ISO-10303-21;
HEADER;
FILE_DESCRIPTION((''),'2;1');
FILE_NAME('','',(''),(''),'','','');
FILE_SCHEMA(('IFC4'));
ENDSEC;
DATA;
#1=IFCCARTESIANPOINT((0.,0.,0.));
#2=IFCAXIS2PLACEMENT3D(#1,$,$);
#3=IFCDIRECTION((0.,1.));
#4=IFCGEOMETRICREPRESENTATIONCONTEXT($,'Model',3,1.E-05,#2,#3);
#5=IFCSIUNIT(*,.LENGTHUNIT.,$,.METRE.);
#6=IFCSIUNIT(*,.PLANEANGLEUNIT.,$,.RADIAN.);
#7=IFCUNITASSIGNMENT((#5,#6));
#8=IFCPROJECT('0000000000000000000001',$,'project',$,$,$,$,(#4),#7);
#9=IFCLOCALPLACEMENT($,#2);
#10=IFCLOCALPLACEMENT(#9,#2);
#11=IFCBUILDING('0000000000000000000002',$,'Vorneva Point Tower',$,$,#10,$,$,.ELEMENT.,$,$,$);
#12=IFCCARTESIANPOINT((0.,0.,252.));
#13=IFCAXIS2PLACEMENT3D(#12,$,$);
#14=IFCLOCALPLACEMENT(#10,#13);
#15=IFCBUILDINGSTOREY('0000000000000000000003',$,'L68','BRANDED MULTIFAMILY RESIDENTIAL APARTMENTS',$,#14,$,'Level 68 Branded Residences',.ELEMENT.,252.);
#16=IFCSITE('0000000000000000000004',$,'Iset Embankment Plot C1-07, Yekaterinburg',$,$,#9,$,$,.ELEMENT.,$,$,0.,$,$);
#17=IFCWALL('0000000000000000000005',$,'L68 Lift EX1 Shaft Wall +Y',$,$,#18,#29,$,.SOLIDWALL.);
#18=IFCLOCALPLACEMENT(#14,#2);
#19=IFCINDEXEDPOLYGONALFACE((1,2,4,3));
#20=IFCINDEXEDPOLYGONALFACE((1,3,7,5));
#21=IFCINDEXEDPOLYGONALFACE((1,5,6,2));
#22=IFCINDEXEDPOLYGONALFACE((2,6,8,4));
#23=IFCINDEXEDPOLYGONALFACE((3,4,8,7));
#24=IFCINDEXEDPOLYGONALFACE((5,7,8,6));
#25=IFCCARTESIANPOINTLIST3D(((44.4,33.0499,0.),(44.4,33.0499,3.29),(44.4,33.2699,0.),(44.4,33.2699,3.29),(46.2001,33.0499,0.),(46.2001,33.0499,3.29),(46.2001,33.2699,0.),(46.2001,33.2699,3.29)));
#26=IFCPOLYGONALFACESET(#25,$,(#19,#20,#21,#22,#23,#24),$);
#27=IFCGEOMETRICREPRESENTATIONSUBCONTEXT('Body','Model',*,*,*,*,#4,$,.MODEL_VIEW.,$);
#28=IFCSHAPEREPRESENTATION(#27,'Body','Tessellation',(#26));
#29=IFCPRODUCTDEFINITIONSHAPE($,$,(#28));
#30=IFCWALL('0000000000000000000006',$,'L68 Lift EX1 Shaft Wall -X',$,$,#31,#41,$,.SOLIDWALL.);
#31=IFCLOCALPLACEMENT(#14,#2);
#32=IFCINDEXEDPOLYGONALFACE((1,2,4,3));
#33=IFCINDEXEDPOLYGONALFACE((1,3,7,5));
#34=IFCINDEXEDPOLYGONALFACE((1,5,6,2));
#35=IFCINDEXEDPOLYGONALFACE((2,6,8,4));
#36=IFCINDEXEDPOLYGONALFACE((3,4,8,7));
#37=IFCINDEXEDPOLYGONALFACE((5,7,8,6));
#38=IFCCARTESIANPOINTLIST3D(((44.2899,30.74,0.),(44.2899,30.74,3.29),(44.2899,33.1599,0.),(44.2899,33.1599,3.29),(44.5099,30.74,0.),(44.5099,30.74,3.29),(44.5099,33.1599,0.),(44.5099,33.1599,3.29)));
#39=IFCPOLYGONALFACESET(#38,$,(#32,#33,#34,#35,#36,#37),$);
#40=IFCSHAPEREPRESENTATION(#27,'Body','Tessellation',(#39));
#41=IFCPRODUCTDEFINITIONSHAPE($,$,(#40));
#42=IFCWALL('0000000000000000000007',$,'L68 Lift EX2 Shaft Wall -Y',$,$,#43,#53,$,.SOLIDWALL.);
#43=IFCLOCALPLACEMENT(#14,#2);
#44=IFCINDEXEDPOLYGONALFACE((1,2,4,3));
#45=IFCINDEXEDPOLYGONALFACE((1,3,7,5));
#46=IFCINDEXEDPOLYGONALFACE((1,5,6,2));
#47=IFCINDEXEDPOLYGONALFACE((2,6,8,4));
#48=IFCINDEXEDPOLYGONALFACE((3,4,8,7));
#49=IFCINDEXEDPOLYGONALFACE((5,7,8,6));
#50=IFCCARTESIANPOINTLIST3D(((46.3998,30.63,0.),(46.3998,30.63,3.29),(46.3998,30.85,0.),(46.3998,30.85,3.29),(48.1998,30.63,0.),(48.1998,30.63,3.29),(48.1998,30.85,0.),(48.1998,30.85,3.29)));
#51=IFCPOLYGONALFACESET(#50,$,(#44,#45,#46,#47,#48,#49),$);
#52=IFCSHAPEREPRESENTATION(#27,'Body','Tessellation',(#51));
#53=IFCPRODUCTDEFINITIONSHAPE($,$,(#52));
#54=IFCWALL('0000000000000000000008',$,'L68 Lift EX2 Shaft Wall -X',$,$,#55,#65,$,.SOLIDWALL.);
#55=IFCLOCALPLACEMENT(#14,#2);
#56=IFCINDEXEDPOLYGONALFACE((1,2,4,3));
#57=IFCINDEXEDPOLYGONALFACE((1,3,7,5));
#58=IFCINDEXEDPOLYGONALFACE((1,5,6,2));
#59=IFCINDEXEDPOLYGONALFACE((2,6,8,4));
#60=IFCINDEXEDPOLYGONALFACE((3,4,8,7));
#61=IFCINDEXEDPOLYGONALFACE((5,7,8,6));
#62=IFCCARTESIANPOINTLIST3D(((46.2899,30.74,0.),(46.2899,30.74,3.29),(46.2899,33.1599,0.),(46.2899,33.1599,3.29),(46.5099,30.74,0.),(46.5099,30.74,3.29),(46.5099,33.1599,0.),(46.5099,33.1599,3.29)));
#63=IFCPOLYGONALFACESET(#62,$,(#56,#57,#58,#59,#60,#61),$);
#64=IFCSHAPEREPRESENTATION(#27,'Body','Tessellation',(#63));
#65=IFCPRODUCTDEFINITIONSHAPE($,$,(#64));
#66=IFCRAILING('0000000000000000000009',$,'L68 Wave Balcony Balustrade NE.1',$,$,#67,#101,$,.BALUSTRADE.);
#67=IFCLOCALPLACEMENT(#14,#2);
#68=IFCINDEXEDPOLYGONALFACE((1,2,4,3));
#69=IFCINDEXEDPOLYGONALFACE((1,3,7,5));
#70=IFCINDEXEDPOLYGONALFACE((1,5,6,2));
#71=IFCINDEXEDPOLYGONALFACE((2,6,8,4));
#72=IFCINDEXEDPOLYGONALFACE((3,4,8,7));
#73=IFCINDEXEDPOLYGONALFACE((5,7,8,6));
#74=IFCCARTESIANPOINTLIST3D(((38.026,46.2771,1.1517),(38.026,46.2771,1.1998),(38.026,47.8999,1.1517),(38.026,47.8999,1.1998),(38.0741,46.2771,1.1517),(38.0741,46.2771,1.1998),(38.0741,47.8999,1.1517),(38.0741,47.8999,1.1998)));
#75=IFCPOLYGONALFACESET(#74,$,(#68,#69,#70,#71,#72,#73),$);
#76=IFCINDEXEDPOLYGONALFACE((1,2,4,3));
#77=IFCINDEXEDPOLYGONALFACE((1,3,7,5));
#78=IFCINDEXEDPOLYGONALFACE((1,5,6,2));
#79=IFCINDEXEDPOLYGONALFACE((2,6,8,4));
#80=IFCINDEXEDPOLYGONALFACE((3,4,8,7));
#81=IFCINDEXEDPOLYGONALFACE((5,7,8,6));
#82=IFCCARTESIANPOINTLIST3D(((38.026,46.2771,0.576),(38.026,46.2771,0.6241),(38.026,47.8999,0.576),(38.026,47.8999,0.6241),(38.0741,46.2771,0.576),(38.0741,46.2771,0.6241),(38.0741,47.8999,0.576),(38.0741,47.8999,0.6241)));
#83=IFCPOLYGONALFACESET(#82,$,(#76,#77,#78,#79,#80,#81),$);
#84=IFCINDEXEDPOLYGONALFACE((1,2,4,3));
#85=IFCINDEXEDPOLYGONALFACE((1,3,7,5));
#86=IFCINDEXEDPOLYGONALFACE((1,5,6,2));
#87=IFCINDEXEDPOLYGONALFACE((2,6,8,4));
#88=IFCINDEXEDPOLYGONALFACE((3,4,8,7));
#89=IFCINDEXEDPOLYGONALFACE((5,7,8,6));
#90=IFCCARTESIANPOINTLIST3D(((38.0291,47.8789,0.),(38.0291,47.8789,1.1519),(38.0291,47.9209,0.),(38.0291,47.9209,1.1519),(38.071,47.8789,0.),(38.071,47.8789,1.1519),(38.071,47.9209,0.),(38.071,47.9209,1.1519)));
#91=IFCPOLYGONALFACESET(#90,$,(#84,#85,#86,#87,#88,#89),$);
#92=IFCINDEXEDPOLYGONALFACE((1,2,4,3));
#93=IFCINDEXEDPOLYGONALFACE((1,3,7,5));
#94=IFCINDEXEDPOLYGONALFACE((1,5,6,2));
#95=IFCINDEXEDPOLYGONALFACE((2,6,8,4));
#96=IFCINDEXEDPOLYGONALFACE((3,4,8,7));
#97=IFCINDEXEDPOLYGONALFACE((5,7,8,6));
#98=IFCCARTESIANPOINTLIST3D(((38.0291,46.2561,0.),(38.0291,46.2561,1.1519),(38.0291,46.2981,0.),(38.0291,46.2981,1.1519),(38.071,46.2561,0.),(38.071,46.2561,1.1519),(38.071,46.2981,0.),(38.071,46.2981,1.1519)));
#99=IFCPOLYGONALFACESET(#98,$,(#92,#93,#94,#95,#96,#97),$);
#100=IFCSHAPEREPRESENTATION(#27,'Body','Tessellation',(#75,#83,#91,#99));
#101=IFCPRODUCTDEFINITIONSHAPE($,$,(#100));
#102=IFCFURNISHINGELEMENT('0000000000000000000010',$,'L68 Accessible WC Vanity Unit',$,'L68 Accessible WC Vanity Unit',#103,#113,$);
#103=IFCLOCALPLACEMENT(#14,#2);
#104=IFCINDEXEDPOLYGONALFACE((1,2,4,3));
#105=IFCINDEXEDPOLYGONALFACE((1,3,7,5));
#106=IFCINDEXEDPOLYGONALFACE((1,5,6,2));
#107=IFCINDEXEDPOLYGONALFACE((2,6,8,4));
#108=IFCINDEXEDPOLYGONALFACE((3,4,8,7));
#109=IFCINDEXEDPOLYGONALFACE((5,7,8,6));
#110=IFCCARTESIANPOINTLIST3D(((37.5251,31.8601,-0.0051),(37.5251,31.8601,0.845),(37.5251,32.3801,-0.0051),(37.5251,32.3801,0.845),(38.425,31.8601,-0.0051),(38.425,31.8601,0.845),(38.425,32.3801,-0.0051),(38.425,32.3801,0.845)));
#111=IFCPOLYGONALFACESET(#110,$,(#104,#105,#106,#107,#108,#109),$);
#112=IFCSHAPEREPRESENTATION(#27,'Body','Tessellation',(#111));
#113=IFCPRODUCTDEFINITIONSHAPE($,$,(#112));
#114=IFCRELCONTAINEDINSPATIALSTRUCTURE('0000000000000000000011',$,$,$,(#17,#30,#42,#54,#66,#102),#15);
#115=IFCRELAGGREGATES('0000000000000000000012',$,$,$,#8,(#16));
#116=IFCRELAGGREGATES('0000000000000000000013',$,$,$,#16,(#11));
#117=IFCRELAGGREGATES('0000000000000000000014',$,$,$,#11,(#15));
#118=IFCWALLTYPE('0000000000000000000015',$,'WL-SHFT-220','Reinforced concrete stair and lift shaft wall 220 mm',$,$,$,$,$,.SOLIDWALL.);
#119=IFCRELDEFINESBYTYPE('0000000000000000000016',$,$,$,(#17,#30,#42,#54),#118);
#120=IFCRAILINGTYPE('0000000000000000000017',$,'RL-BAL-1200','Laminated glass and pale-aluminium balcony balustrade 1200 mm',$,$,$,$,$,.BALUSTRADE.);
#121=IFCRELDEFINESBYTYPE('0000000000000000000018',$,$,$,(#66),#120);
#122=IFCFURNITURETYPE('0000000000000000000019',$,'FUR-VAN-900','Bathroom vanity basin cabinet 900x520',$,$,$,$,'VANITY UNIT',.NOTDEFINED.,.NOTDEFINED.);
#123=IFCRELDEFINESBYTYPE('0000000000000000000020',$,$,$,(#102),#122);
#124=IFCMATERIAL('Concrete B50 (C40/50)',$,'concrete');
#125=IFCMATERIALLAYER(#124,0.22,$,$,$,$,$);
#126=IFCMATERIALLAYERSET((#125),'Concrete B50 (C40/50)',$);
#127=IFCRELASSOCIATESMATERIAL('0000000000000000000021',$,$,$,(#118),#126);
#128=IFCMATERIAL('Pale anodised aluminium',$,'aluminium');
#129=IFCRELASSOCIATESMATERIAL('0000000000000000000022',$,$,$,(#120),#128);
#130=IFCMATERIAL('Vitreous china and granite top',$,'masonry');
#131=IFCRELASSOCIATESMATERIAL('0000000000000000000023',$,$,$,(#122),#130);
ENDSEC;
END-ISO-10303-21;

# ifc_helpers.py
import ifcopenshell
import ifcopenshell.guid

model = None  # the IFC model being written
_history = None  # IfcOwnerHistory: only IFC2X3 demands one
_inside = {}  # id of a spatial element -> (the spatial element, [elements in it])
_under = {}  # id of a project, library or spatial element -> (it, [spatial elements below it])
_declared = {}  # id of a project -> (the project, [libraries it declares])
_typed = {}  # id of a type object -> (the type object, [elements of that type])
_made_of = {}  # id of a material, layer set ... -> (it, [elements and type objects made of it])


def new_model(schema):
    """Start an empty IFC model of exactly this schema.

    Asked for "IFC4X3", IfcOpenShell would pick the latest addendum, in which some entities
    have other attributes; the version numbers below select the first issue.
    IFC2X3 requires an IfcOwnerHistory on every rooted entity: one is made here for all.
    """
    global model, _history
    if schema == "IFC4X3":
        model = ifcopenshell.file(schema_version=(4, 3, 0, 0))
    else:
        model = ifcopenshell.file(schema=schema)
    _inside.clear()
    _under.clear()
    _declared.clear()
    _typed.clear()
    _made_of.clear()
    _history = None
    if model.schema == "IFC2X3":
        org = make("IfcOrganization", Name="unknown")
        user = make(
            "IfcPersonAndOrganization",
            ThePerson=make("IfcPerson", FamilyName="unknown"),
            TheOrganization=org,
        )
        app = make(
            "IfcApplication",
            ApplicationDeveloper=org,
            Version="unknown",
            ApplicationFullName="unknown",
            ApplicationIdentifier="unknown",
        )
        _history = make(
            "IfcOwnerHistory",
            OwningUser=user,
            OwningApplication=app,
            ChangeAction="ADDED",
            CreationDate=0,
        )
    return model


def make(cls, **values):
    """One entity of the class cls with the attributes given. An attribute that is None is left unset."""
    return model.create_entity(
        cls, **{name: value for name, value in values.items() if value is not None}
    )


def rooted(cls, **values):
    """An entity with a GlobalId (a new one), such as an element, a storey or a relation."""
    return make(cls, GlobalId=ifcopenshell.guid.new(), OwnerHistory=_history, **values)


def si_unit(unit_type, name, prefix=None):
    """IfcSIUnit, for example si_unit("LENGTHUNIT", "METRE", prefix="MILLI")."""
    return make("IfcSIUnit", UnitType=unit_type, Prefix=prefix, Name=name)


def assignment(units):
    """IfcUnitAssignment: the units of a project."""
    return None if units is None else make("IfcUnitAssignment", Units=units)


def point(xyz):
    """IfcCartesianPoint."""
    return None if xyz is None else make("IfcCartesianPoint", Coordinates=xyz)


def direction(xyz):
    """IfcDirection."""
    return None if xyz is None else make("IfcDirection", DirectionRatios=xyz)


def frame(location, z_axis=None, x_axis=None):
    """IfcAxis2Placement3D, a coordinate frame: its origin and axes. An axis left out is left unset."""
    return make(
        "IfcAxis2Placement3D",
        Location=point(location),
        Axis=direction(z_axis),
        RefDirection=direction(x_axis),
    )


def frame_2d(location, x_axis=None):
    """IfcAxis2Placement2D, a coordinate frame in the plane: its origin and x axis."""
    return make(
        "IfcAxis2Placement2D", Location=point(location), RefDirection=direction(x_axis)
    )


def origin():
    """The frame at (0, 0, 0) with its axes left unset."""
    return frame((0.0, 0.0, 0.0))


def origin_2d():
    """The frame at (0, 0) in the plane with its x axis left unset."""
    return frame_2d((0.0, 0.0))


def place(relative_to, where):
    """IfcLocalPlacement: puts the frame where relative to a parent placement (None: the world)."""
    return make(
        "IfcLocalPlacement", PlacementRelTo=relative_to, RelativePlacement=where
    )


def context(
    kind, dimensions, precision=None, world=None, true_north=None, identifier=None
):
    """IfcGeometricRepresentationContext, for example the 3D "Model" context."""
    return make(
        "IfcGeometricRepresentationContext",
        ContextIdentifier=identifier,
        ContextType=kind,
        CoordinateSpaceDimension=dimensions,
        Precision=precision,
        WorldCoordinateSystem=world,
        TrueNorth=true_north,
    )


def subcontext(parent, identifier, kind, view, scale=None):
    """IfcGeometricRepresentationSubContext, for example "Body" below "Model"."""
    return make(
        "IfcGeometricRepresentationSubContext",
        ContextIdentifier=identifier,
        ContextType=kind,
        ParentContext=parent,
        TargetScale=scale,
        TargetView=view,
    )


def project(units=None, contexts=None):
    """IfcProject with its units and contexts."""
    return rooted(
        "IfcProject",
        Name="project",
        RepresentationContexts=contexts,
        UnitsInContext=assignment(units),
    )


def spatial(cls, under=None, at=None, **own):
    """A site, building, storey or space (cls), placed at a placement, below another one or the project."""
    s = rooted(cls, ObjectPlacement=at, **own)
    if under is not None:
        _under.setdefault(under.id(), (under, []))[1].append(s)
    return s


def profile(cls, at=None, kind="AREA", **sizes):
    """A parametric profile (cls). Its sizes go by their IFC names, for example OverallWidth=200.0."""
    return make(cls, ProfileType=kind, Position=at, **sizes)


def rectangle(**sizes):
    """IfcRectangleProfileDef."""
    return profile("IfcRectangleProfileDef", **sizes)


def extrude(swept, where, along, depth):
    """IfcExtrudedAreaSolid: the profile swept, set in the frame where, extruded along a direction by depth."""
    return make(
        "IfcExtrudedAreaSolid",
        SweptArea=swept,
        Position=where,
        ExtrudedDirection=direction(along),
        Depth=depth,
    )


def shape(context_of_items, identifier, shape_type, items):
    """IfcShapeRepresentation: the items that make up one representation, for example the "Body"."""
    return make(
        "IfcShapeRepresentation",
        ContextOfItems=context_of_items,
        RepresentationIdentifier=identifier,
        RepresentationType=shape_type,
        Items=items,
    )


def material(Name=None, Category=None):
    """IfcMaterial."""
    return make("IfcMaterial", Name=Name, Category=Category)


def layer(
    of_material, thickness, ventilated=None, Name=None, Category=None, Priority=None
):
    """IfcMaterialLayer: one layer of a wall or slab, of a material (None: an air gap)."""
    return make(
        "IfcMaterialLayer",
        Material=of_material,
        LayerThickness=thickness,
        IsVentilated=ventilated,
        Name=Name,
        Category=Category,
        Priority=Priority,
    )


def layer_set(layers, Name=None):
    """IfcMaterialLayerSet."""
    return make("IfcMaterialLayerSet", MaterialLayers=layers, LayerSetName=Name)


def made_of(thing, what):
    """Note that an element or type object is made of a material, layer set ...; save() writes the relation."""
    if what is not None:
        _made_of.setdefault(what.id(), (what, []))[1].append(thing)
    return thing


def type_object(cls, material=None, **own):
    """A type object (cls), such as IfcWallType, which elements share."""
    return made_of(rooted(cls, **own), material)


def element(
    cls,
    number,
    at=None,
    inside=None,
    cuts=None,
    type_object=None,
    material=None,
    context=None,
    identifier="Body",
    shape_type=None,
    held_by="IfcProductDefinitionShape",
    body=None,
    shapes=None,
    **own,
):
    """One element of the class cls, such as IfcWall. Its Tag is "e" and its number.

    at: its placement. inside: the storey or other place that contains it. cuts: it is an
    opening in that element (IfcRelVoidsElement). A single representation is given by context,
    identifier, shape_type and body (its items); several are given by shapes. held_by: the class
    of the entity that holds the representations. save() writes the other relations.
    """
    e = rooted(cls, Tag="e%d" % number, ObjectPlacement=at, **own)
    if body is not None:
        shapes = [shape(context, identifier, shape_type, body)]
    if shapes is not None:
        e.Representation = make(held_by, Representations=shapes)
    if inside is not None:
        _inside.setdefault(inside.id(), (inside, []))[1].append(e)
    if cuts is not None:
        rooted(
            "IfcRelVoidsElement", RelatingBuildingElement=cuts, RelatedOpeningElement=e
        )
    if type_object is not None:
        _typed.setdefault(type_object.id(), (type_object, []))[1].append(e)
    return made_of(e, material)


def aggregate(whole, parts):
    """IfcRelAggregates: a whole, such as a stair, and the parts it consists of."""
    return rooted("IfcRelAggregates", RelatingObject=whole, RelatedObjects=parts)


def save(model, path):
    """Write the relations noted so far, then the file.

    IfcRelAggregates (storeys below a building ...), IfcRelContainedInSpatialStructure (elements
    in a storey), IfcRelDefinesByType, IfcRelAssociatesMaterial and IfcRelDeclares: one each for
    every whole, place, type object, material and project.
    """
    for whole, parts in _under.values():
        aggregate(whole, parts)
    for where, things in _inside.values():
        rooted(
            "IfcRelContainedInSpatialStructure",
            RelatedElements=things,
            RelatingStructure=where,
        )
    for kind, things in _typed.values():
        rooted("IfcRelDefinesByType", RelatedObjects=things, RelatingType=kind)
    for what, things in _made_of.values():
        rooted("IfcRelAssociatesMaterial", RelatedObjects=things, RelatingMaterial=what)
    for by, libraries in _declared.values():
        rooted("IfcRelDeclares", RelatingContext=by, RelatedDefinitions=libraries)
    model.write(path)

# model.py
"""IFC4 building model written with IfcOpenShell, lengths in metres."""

from ifc_helpers import new_model, si_unit, direction, frame, frame_2d, origin, origin_2d, place, context, subcontext, project, spatial, rectangle, extrude, material, layer, layer_set, type_object, element, save


model = new_model("IFC4")

# Units and contexts
model_context = context("Model", 3, precision=1e-05, world=origin(), true_north=direction((0.0, 1.0)))
body_context = subcontext(model_context, "Body", "Model", "MODEL_VIEW")
ifc_project = project(units=[si_unit("LENGTHUNIT", "METRE"), si_unit("PLANEANGLEUNIT", "RADIAN")], contexts=[model_context])

# Site, building, storey
site_placement = place(None, origin())
site = spatial("IfcSite", under=ifc_project, at=site_placement, Name="Iset Embankment Plot C1-07, Yekaterinburg", CompositionType="ELEMENT", RefElevation=0.0)
building_placement = place(site_placement, origin())
building = spatial("IfcBuilding", under=site, at=building_placement, Name="Vorneva Point Tower", CompositionType="ELEMENT")
storey_placement = place(building_placement, frame((0.0, 0.0, 252.0)))
storey = spatial("IfcBuildingStorey", under=building, at=storey_placement, Name="L68", Description="BRANDED MULTIFAMILY RESIDENTIAL APARTMENTS", LongName="Level 68 Branded Residences", CompositionType="ELEMENT", Elevation=252.0)

# Shared definitions
ifc_material_1 = material(Name="Concrete B50 (C40/50)", Category="concrete")

# Shared definitions
ifc_material_2 = material(Name="Pale anodised aluminium", Category="aluminium")

# Walls
ifc_layer_1 = layer(ifc_material_1, 0.22)
ifc_layer_set_1 = layer_set([ifc_layer_1], Name="Concrete B50 (C40/50)")
wall_type_1 = type_object("IfcWallType", Name="WL-SHFT-220", Description="Reinforced concrete stair and lift shaft wall 220 mm", PredefinedType="SOLIDWALL", material=ifc_layer_set_1)
wall_1_placement = place(storey_placement, frame((46.2, 33.1599, 0.0), z_axis=(0.0, 0.0, 1.0), x_axis=(-1.0, 0.0, 0.0)))
element("IfcWall", 1, at=wall_1_placement, inside=storey, type_object=wall_type_1, Name="L68 Lift EX1 Shaft Wall +Y", PredefinedType="SOLIDWALL", context=body_context, shape_type="SweptSolid", body=[
    extrude(rectangle(XDim=1.8, YDim=0.22, at=frame_2d((0.8999, 0.0))), origin(), (0.0, 0.0, 1.0), 3.29),
])
wall_2_placement = place(storey_placement, frame((44.3999, 33.1599, 0.0), z_axis=(0.0, 0.0, 1.0), x_axis=(0.0, -1.0, 0.0)))
element("IfcWall", 2, at=wall_2_placement, inside=storey, type_object=wall_type_1, Name="L68 Lift EX1 Shaft Wall -X", PredefinedType="SOLIDWALL", context=body_context, shape_type="SweptSolid", body=[
    extrude(rectangle(XDim=2.4199, YDim=0.22, at=frame_2d((1.21, 0.0))), origin(), (0.0, 0.0, 1.0), 3.29),
])
wall_3_placement = place(storey_placement, frame((46.3999, 30.74, 0.0), z_axis=(0.0, 0.0, 1.0), x_axis=(1.0, 0.0, 0.0)))
element("IfcWall", 3, at=wall_3_placement, inside=storey, type_object=wall_type_1, Name="L68 Lift EX2 Shaft Wall -Y", PredefinedType="SOLIDWALL", context=body_context, shape_type="SweptSolid", body=[
    extrude(rectangle(XDim=1.8, YDim=0.22, at=frame_2d((0.8999, 0.0))), origin(), (0.0, 0.0, 1.0), 3.29),
])
wall_4_placement = place(storey_placement, frame((46.3999, 33.1599, 0.0), z_axis=(0.0, 0.0, 1.0), x_axis=(0.0, -1.0, 0.0)))
element("IfcWall", 4, at=wall_4_placement, inside=storey, type_object=wall_type_1, Name="L68 Lift EX2 Shaft Wall -X", PredefinedType="SOLIDWALL", context=body_context, shape_type="SweptSolid", body=[
    extrude(rectangle(XDim=2.4199, YDim=0.22, at=frame_2d((1.21, 0.0))), origin(), (0.0, 0.0, 1.0), 3.29),
])

# Railing
railing_type = type_object("IfcRailingType", Name="RL-BAL-1200", Description="Laminated glass and pale-aluminium balcony balustrade 1200 mm", PredefinedType="BALUSTRADE", material=ifc_material_2)
railing_placement = place(storey_placement, frame((38.05, 47.8999, 0.0)))
element("IfcRailing", 5, at=railing_placement, inside=storey, type_object=railing_type, Name="L68 Wave Balcony Balustrade NE.1", PredefinedType="BALUSTRADE", context=body_context, shape_type="SweptSolid", body=[
    extrude(rectangle(XDim=0.0481, YDim=0.0481, at=origin_2d()), frame((0.0, 0.0, 1.1758), z_axis=(0.0, -1.0, 0.0), x_axis=(1.0, 0.0, 0.0)), (0.0, 0.0, 1.0), 1.6228),
    extrude(rectangle(XDim=0.0481, YDim=0.0481, at=origin_2d()), frame((0.0, 0.0, 0.6001), z_axis=(0.0, -1.0, 0.0), x_axis=(1.0, 0.0, 0.0)), (0.0, 0.0, 1.0), 1.6228),
    extrude(rectangle(XDim=0.042, YDim=0.042, at=origin_2d()), origin(), (0.0, 0.0, 1.0), 1.1519),
    extrude(rectangle(XDim=0.042, YDim=0.042, at=origin_2d()), frame((0.0, -1.6228, 0.0)), (0.0, 0.0, 1.0), 1.1519),
])

# Furnishing element
ifc_material_3 = material(Name="Vitreous china and granite top", Category="masonry")
furniture_type = type_object("IfcFurnitureType", Name="FUR-VAN-900", Description="Bathroom vanity basin cabinet 900x520", ElementType="VANITY UNIT", AssemblyPlace="NOTDEFINED", PredefinedType="NOTDEFINED", material=ifc_material_3)
furnishing_placement = place(storey_placement, frame((37.9751, 32.1201, -0.0051), z_axis=(0.0, 0.0, 1.0), x_axis=(1.0, 0.0, 0.0)))
element("IfcFurnishingElement", 6, at=furnishing_placement, inside=storey, type_object=furniture_type, Name="L68 Accessible WC Vanity Unit", ObjectType="L68 Accessible WC Vanity Unit", context=body_context, shape_type="SweptSolid", body=[
    extrude(rectangle(XDim=0.8999, YDim=0.52, at=origin_2d()), origin(), (0.0, 0.0, 1.0), 0.8501),
])

save(model, "model.ifc")
